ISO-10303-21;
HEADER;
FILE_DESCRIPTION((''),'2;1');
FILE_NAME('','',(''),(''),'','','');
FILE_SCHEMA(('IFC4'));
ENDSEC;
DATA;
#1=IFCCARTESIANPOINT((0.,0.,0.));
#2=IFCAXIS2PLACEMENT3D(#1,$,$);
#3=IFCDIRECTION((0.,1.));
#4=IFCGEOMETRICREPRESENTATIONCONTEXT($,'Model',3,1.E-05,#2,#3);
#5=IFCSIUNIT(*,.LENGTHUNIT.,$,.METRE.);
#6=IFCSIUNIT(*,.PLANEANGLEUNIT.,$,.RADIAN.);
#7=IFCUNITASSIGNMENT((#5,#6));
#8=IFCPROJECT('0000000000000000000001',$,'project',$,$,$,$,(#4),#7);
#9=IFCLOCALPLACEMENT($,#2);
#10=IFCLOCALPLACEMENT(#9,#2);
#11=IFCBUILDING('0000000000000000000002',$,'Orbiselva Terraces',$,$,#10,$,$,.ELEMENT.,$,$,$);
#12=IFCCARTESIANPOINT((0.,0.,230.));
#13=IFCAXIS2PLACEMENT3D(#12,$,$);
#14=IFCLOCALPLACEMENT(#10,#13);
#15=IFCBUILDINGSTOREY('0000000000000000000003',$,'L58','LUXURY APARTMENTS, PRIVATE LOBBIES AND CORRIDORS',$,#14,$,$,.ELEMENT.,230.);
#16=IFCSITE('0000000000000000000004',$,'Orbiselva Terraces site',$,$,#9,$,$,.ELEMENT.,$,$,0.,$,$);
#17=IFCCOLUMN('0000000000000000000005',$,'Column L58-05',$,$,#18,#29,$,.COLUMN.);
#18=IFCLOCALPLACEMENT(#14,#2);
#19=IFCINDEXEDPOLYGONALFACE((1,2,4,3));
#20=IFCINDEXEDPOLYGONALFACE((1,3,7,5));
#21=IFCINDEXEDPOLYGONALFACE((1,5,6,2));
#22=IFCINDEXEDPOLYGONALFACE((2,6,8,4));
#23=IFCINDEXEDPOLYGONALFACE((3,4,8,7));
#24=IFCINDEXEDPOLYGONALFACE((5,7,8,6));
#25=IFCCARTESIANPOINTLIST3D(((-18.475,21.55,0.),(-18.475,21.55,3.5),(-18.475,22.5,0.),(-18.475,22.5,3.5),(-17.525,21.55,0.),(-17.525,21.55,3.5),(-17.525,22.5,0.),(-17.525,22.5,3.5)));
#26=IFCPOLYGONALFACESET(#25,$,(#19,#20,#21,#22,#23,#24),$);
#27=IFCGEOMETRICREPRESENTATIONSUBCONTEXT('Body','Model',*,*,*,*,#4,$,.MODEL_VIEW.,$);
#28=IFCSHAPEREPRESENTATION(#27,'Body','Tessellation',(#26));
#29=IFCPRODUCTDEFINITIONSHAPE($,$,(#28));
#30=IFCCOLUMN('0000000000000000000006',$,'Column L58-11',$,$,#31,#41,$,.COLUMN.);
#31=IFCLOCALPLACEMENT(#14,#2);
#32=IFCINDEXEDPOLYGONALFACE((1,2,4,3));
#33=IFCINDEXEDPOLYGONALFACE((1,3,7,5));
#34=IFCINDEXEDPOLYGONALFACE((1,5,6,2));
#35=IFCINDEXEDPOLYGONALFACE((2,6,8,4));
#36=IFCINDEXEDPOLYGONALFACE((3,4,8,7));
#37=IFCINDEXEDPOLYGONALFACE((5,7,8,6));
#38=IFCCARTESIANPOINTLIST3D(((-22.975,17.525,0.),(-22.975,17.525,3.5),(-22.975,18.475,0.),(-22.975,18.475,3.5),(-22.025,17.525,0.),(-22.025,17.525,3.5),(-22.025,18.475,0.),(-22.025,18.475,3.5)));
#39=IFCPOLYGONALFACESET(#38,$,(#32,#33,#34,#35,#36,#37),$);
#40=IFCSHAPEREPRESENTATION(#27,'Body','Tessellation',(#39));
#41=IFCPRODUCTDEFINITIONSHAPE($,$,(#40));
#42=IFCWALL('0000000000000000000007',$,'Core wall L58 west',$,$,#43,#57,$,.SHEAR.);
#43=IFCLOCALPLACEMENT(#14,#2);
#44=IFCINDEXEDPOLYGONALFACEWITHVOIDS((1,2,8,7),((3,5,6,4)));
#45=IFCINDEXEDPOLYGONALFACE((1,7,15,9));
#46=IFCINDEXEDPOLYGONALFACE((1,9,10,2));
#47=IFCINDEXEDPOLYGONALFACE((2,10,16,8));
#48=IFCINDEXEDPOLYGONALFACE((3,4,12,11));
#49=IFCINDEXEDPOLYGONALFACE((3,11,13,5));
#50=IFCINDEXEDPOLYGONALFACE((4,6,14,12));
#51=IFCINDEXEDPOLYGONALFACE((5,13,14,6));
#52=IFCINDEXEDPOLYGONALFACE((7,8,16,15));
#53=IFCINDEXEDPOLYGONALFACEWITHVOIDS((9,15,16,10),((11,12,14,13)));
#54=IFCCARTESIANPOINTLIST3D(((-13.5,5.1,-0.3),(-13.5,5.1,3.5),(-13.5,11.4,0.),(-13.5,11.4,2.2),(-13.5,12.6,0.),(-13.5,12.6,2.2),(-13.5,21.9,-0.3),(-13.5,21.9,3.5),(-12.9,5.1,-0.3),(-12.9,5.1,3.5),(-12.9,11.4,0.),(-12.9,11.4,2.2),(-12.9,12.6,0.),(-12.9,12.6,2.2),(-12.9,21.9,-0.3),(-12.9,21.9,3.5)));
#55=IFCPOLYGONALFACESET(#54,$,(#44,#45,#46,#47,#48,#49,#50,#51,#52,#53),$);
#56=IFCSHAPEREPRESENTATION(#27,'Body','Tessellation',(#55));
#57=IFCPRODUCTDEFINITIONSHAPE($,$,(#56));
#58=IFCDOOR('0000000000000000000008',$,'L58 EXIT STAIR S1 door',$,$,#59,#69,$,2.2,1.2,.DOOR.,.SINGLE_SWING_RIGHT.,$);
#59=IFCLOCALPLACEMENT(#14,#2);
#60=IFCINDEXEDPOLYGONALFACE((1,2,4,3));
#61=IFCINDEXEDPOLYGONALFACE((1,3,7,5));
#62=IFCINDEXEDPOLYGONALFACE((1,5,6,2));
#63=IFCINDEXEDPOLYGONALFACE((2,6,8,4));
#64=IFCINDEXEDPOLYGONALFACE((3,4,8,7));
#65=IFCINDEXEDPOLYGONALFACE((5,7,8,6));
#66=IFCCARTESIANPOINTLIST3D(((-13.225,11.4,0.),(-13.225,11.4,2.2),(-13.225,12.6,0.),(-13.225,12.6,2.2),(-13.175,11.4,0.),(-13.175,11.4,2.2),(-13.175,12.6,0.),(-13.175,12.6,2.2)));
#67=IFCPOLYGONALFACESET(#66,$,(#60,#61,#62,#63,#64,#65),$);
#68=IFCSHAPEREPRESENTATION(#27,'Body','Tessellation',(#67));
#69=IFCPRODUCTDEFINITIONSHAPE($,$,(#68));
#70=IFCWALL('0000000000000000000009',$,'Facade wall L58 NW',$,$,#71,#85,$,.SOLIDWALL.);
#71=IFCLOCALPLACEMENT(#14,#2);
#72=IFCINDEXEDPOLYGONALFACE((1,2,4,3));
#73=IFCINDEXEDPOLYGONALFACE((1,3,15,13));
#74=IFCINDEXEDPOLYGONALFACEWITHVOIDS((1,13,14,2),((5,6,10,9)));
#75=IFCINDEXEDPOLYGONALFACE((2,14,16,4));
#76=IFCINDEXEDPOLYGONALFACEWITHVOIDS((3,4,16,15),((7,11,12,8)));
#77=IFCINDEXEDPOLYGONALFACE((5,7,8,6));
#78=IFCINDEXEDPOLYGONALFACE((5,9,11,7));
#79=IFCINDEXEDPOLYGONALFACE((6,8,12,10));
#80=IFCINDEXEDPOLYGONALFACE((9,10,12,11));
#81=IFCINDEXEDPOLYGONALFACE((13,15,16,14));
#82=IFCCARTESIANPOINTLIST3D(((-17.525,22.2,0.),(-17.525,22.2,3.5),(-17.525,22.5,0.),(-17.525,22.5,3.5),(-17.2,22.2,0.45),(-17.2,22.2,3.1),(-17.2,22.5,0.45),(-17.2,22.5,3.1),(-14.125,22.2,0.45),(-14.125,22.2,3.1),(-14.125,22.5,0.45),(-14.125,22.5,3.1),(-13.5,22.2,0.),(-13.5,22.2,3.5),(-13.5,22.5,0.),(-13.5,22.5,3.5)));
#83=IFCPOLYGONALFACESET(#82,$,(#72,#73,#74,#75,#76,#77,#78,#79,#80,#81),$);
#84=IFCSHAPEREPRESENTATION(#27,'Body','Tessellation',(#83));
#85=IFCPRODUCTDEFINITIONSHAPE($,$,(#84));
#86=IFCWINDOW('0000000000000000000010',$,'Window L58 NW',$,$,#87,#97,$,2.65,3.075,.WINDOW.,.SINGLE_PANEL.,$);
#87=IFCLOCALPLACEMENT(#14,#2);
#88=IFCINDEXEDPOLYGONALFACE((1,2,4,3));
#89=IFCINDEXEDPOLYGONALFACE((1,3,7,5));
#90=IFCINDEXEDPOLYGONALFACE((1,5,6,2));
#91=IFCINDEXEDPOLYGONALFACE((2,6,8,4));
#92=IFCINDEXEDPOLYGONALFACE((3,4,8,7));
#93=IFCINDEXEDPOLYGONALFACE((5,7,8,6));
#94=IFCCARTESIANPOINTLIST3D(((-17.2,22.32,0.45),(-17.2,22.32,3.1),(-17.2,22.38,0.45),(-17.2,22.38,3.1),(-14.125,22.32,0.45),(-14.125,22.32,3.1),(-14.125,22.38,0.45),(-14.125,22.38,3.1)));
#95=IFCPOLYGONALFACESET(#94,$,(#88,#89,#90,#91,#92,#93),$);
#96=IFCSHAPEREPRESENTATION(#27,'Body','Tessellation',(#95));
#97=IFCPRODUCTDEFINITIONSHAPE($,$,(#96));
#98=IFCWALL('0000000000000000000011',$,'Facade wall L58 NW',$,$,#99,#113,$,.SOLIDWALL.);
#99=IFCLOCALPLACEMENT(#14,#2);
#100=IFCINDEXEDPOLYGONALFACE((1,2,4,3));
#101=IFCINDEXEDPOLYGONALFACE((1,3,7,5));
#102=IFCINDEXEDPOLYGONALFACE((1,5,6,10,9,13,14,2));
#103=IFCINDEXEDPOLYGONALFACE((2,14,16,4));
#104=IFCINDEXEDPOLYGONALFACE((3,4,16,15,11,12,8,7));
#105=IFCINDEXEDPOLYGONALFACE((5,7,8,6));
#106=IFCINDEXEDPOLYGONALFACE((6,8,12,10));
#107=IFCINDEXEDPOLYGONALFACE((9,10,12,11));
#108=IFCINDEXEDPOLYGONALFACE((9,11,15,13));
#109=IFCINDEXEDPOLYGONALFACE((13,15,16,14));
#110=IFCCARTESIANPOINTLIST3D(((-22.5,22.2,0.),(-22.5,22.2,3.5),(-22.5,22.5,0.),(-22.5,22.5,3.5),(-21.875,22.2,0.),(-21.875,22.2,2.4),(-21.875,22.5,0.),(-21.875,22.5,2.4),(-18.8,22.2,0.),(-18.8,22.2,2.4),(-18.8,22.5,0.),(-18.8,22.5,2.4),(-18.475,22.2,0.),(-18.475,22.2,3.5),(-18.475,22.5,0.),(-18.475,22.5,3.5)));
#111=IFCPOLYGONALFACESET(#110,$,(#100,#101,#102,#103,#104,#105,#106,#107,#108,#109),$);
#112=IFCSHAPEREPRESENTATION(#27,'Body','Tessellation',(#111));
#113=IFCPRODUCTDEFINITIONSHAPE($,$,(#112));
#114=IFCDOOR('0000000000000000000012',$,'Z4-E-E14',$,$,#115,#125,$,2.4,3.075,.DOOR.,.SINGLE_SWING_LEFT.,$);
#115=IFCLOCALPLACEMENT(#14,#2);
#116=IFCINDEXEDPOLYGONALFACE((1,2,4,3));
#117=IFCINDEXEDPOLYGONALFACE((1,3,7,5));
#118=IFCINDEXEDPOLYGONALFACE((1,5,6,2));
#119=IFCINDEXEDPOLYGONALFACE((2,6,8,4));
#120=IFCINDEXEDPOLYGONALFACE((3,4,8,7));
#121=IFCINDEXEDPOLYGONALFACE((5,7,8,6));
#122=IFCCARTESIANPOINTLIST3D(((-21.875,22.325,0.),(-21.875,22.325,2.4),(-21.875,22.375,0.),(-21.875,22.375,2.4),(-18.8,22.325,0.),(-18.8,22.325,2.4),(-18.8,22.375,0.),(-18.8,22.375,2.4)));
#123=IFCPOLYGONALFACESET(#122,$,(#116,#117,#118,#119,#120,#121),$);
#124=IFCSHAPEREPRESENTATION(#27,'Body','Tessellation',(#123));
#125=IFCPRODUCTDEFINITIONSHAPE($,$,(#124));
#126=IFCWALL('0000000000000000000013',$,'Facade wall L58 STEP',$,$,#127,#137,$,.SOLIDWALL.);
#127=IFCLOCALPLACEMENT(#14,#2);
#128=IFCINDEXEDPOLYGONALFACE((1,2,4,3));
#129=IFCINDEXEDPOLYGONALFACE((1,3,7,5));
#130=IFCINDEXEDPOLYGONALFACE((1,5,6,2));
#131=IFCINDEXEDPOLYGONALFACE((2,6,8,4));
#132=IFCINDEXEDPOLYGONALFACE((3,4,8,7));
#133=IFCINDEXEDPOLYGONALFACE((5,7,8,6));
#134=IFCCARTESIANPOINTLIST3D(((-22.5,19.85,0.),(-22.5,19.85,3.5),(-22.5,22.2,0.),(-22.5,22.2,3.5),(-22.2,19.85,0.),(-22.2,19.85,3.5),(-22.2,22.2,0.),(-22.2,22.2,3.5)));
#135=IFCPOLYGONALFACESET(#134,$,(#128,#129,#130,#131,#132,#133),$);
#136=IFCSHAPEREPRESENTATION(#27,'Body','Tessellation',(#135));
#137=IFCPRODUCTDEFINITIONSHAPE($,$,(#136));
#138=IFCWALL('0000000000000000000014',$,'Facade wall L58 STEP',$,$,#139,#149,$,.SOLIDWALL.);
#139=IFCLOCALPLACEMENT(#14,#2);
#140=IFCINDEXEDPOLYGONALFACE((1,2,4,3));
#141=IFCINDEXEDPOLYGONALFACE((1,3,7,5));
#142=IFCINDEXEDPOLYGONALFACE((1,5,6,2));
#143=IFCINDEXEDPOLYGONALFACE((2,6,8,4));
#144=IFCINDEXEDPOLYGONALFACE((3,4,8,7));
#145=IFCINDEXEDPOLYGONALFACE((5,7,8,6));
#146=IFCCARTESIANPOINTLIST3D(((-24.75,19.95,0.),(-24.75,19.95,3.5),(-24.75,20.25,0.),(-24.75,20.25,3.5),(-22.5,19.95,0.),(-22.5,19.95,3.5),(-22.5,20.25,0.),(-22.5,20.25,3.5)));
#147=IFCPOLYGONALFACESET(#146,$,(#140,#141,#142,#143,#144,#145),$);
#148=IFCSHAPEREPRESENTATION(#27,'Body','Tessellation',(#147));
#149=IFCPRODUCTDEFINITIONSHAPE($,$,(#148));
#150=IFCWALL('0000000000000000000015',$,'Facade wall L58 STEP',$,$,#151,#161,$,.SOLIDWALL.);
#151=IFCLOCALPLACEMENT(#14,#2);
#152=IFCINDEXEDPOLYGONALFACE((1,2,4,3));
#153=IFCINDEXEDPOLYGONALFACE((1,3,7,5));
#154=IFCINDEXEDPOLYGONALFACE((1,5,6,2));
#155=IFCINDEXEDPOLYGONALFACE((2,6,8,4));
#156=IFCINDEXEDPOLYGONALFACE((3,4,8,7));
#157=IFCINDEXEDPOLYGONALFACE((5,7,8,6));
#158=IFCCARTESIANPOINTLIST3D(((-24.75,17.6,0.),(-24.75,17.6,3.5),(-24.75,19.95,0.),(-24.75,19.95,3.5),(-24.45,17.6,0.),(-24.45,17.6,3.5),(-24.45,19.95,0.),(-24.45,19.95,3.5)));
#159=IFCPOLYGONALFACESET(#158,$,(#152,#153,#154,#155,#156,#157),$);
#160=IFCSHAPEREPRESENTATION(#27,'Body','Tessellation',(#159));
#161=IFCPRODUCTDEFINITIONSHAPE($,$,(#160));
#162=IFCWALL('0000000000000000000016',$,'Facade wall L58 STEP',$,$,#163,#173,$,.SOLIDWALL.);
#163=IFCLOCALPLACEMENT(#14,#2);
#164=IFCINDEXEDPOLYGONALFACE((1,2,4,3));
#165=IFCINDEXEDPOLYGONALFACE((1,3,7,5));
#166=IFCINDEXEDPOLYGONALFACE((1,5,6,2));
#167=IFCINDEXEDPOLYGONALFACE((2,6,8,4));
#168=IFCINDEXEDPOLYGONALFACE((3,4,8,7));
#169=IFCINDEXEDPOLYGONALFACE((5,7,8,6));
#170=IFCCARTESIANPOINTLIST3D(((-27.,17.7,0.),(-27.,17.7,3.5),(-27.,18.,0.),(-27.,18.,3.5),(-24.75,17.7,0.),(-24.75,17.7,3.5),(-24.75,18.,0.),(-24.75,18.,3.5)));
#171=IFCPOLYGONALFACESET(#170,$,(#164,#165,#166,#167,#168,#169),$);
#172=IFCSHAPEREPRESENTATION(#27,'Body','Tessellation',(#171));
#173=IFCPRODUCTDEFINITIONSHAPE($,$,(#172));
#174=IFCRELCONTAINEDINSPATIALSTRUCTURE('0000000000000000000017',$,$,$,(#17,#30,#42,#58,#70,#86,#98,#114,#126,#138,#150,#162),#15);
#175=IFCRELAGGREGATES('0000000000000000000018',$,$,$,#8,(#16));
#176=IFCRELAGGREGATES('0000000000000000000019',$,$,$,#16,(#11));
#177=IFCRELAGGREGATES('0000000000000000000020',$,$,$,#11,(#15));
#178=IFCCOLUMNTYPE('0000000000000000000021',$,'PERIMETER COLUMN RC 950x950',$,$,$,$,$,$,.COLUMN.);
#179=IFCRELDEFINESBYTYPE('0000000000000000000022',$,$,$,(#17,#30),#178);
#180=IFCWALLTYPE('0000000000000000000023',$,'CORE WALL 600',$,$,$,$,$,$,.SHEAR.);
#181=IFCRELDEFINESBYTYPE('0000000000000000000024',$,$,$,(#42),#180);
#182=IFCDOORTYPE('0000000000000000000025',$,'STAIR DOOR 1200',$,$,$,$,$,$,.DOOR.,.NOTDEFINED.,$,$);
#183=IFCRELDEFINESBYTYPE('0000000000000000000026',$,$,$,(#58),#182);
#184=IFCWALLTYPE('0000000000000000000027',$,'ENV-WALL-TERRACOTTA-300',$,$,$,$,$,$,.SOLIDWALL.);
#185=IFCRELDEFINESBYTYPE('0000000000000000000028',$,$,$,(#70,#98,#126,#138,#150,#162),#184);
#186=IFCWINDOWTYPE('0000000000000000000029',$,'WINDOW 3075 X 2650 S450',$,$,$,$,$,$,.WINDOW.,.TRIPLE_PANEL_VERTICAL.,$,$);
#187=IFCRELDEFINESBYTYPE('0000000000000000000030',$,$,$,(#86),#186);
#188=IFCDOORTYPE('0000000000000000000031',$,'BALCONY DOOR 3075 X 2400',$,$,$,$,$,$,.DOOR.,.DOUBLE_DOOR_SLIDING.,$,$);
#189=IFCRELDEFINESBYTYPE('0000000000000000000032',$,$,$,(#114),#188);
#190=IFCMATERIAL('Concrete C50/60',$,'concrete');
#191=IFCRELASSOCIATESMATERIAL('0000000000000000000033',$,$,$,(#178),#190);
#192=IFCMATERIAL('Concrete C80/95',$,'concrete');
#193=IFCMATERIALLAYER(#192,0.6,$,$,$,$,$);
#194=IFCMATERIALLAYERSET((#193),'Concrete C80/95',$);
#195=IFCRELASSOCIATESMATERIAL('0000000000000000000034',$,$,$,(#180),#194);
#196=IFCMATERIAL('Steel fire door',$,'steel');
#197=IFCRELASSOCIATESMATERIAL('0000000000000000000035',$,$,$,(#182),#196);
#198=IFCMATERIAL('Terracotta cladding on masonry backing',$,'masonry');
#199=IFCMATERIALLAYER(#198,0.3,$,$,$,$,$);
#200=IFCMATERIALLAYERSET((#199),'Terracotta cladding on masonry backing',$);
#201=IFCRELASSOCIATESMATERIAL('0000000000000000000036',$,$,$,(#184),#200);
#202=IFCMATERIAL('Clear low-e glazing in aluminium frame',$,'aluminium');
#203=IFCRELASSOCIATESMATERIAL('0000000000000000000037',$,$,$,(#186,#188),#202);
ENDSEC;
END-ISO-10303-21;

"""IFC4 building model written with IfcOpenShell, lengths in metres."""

from ifc_helpers import new_model, si_unit, direction, frame, frame_2d, origin, origin_2d, place, context, subcontext, project, spatial, rectangle, extrude, material, layer, layer_set, material_profile, profile_set, type_object, element, fill, save


model = new_model("IFC4")

# Units and contexts
model_context = context("Model", 3, precision=1e-05, world=origin(), true_north=direction((0.0, 1.0)))
body_context = subcontext(model_context, "Body", "Model", "MODEL_VIEW")
ifc_project = project(units=[si_unit("LENGTHUNIT", "METRE"), si_unit("PLANEANGLEUNIT", "RADIAN")], contexts=[model_context])

# Site, building, storey
site_placement = place(None, origin())
site = spatial("IfcSite", under=ifc_project, at=site_placement, Name="Orbiselva Terraces site", CompositionType="ELEMENT", RefElevation=0.0)
building_placement = place(site_placement, origin())
building = spatial("IfcBuilding", under=site, at=building_placement, Name="Orbiselva Terraces", CompositionType="ELEMENT")
storey_placement = place(building_placement, frame((0.0, 0.0, 230.0)))
storey = spatial("IfcBuildingStorey", under=building, at=storey_placement, Name="L58", Description="LUXURY APARTMENTS, PRIVATE LOBBIES AND CORRIDORS", CompositionType="ELEMENT", Elevation=230.0)

# Columns
ifc_material_1 = material(Name="Concrete C50/60", Category="concrete")
ifc_material_profile = material_profile(ifc_material_1, rectangle(XDim=0.95, YDim=0.95, at=origin_2d()), Name="RC 950x950")
ifc_profile_set = profile_set([ifc_material_profile], Name="Concrete C50/60")
column_type = type_object("IfcColumnType", Name="PERIMETER COLUMN RC 950x950", PredefinedType="COLUMN", material=ifc_profile_set)
for number, where, z_axis, x_axis, name in (
    (1, (-18.0, 22.025, 0.0), (0.0, 0.0, 1.0), (1.0, 0.0, 0.0), "Column L58-05"),
    (2, (-22.5, 18.0, 0.0), (0.0, 0.0, 1.0), (1.0, 0.0, 0.0), "Column L58-11"),
):
    element("IfcColumn", number, at=place(storey_placement, frame(where, z_axis=z_axis, x_axis=x_axis)), inside=storey, type_object=column_type, Name=name, PredefinedType="COLUMN", context=body_context, shape_type="SweptSolid", body=[
        extrude(rectangle(XDim=0.95, YDim=0.95, at=origin_2d()), origin(), (0.0, 0.0, 1.0), 3.5),
    ])

# Wall, opening, door
ifc_material_2 = material(Name="Concrete C80/95", Category="concrete")
ifc_layer_1 = layer(ifc_material_2, 0.6)
ifc_layer_set_1 = layer_set([ifc_layer_1], Name="Concrete C80/95")
wall_type_1 = type_object("IfcWallType", Name="CORE WALL 600", PredefinedType="SHEAR", material=ifc_layer_set_1)
wall_1_placement = place(storey_placement, frame((-13.2, 21.9, -0.3), z_axis=(0.0, 0.0, 1.0), x_axis=(0.0, -1.0, 0.0)))
wall_1 = element("IfcWall", 3, at=wall_1_placement, inside=storey, type_object=wall_type_1, Name="Core wall L58 west", PredefinedType="SHEAR", context=body_context, shape_type="SweptSolid", body=[
    extrude(rectangle(XDim=16.8, YDim=0.6, at=frame_2d((8.4, 0.0))), origin(), (0.0, 0.0, 1.0), 3.8),
])
opening_1_placement = place(wall_1_placement, frame((9.3, 0.0, 0.3)))
opening_1 = element("IfcOpeningElement", 4, at=opening_1_placement, cuts=wall_1, PredefinedType="OPENING", context=body_context, shape_type="SweptSolid", body=[
    extrude(rectangle(XDim=1.2, YDim=2.2, at=frame_2d((0.6, 1.1))), frame((0.0, 0.31, 0.0), z_axis=(0.0, -1.0, 0.0), x_axis=(1.0, 0.0, 0.0)), (0.0, 0.0, 1.0), 0.62),
])
ifc_material_3 = material(Name="Steel fire door", Category="steel")
door_type_1 = type_object("IfcDoorType", Name="STAIR DOOR 1200", OperationType="NOTDEFINED", PredefinedType="DOOR", material=ifc_material_3)
door_1_placement = place(opening_1_placement, frame((1.2, 0.0, 0.0), z_axis=(0.0, 0.0, 1.0), x_axis=(-1.0, 0.0, 0.0)))
door_1 = element("IfcDoor", 5, at=door_1_placement, inside=storey, type_object=door_type_1, Name="L58 EXIT STAIR S1 door", OperationType="SINGLE_SWING_RIGHT", OverallHeight=2.2, OverallWidth=1.2, PredefinedType="DOOR", context=body_context, shape_type="SweptSolid", body=[
    extrude(rectangle(XDim=1.2, YDim=2.2, at=frame_2d((0.6, 1.1))), frame((0.0, 0.025, 0.0), z_axis=(0.0, -1.0, 0.0), x_axis=(1.0, 0.0, 0.0)), (0.0, 0.0, 1.0), 0.05),
])
fill(opening_1, door_1)

# Wall, opening, window
ifc_material_4 = material(Name="Terracotta cladding on masonry backing", Category="masonry")
ifc_layer_2 = layer(ifc_material_4, 0.3)
ifc_layer_set_2 = layer_set([ifc_layer_2], Name="Terracotta cladding on masonry backing")
wall_type_2 = type_object("IfcWallType", Name="ENV-WALL-TERRACOTTA-300", PredefinedType="SOLIDWALL", material=ifc_layer_set_2)
wall_2_placement = place(storey_placement, frame((-17.525, 22.35, 0.0), z_axis=(0.0, 0.0, 1.0), x_axis=(1.0, 0.0, 0.0)))
wall_2 = element("IfcWall", 6, at=wall_2_placement, inside=storey, type_object=wall_type_2, Name="Facade wall L58 NW", PredefinedType="SOLIDWALL", context=body_context, shape_type="SweptSolid", body=[
    extrude(rectangle(XDim=4.025, YDim=0.3, at=frame_2d((2.0125, 0.0))), origin(), (0.0, 0.0, 1.0), 3.5),
])
opening_2_placement = place(wall_2_placement, frame((0.325, 0.0, 0.45)))
opening_2 = element("IfcOpeningElement", 7, at=opening_2_placement, cuts=wall_2, PredefinedType="OPENING", context=body_context, shape_type="SweptSolid", body=[
    extrude(rectangle(XDim=3.075, YDim=2.65, at=frame_2d((1.5375, 1.325))), frame((0.0, 0.16, 0.0), z_axis=(0.0, -1.0, 0.0), x_axis=(1.0, 0.0, 0.0)), (0.0, 0.0, 1.0), 0.32),
])
ifc_material_5 = material(Name="Clear low-e glazing in aluminium frame", Category="aluminium")
window_type = type_object("IfcWindowType", Name="WINDOW 3075 X 2650 S450", PartitioningType="TRIPLE_PANEL_VERTICAL", PredefinedType="WINDOW", material=ifc_material_5)
window_1_placement = place(opening_2_placement, origin())
window_1 = element("IfcWindow", 8, at=window_1_placement, inside=storey, type_object=window_type, Name="Window L58 NW", OverallHeight=2.65, OverallWidth=3.075, PartitioningType="SINGLE_PANEL", PredefinedType="WINDOW", context=body_context, shape_type="SweptSolid", body=[
    extrude(rectangle(XDim=3.075, YDim=2.65, at=frame_2d((1.5375, 1.325))), frame((0.0, 0.03, 0.0), z_axis=(0.0, -1.0, 0.0), x_axis=(1.0, 0.0, 0.0)), (0.0, 0.0, 1.0), 0.06),
])
fill(opening_2, window_1)

# Wall, opening, door
wall_3_placement = place(storey_placement, frame((-22.5, 22.35, 0.0), z_axis=(0.0, 0.0, 1.0), x_axis=(1.0, 0.0, 0.0)))
wall_3 = element("IfcWall", 9, at=wall_3_placement, inside=storey, type_object=wall_type_2, Name="Facade wall L58 NW", PredefinedType="SOLIDWALL", context=body_context, shape_type="SweptSolid", body=[
    extrude(rectangle(XDim=4.025, YDim=0.3, at=frame_2d((2.0125, 0.0))), origin(), (0.0, 0.0, 1.0), 3.5),
])
opening_3_placement = place(wall_3_placement, frame((0.625, 0.0, 0.0)))
opening_3 = element("IfcOpeningElement", 10, at=opening_3_placement, cuts=wall_3, PredefinedType="OPENING", context=body_context, shape_type="SweptSolid", body=[
    extrude(rectangle(XDim=3.075, YDim=2.4, at=frame_2d((1.5375, 1.2))), frame((0.0, 0.16, 0.0), z_axis=(0.0, -1.0, 0.0), x_axis=(1.0, 0.0, 0.0)), (0.0, 0.0, 1.0), 0.32),
])
door_type_2 = type_object("IfcDoorType", Name="BALCONY DOOR 3075 X 2400", OperationType="DOUBLE_DOOR_SLIDING", PredefinedType="DOOR", material=ifc_material_5)
door_2_placement = place(opening_3_placement, origin())
door_2 = element("IfcDoor", 11, at=door_2_placement, inside=storey, type_object=door_type_2, Name="Z4-E-E14", OperationType="SINGLE_SWING_LEFT", OverallHeight=2.4, OverallWidth=3.075, PredefinedType="DOOR", context=body_context, shape_type="SweptSolid", body=[
    extrude(rectangle(XDim=3.075, YDim=2.4, at=frame_2d((1.5375, 1.2))), frame((0.0, 0.025, 0.0), z_axis=(0.0, -1.0, 0.0), x_axis=(1.0, 0.0, 0.0)), (0.0, 0.0, 1.0), 0.05),
])
fill(opening_3, door_2)

# Walls
wall_4_placement = place(storey_placement, frame((-22.35, 19.85, 0.0), z_axis=(0.0, 0.0, 1.0), x_axis=(0.0, 1.0, 0.0)))
element("IfcWall", 12, at=wall_4_placement, inside=storey, type_object=wall_type_2, Name="Facade wall L58 STEP", PredefinedType="SOLIDWALL", context=body_context, shape_type="SweptSolid", body=[
    extrude(rectangle(XDim=2.35, YDim=0.3, at=frame_2d((1.175, 0.0))), origin(), (0.0, 0.0, 1.0), 3.5),
])
wall_5_placement = place(storey_placement, frame((-24.75, 20.1, 0.0), z_axis=(0.0, 0.0, 1.0), x_axis=(1.0, 0.0, 0.0)))
element("IfcWall", 13, at=wall_5_placement, inside=storey, type_object=wall_type_2, Name="Facade wall L58 STEP", PredefinedType="SOLIDWALL", context=body_context, shape_type="SweptSolid", body=[
    extrude(rectangle(XDim=2.25, YDim=0.3, at=frame_2d((1.125, 0.0))), origin(), (0.0, 0.0, 1.0), 3.5),
])
wall_6_placement = place(storey_placement, frame((-24.6, 17.6, 0.0), z_axis=(0.0, 0.0, 1.0), x_axis=(0.0, 1.0, 0.0)))
element("IfcWall", 14, at=wall_6_placement, inside=storey, type_object=wall_type_2, Name="Facade wall L58 STEP", PredefinedType="SOLIDWALL", context=body_context, shape_type="SweptSolid", body=[
    extrude(rectangle(XDim=2.35, YDim=0.3, at=frame_2d((1.175, 0.0))), origin(), (0.0, 0.0, 1.0), 3.5),
])
wall_7_placement = place(storey_placement, frame((-27.0, 17.85, 0.0), z_axis=(0.0, 0.0, 1.0), x_axis=(1.0, 0.0, 0.0)))
element("IfcWall", 15, at=wall_7_placement, inside=storey, type_object=wall_type_2, Name="Facade wall L58 STEP", PredefinedType="SOLIDWALL", context=body_context, shape_type="SweptSolid", body=[
    extrude(rectangle(XDim=2.25, YDim=0.3, at=frame_2d((1.125, 0.0))), origin(), (0.0, 0.0, 1.0), 3.5),
])

save(model, "model.ifc")
